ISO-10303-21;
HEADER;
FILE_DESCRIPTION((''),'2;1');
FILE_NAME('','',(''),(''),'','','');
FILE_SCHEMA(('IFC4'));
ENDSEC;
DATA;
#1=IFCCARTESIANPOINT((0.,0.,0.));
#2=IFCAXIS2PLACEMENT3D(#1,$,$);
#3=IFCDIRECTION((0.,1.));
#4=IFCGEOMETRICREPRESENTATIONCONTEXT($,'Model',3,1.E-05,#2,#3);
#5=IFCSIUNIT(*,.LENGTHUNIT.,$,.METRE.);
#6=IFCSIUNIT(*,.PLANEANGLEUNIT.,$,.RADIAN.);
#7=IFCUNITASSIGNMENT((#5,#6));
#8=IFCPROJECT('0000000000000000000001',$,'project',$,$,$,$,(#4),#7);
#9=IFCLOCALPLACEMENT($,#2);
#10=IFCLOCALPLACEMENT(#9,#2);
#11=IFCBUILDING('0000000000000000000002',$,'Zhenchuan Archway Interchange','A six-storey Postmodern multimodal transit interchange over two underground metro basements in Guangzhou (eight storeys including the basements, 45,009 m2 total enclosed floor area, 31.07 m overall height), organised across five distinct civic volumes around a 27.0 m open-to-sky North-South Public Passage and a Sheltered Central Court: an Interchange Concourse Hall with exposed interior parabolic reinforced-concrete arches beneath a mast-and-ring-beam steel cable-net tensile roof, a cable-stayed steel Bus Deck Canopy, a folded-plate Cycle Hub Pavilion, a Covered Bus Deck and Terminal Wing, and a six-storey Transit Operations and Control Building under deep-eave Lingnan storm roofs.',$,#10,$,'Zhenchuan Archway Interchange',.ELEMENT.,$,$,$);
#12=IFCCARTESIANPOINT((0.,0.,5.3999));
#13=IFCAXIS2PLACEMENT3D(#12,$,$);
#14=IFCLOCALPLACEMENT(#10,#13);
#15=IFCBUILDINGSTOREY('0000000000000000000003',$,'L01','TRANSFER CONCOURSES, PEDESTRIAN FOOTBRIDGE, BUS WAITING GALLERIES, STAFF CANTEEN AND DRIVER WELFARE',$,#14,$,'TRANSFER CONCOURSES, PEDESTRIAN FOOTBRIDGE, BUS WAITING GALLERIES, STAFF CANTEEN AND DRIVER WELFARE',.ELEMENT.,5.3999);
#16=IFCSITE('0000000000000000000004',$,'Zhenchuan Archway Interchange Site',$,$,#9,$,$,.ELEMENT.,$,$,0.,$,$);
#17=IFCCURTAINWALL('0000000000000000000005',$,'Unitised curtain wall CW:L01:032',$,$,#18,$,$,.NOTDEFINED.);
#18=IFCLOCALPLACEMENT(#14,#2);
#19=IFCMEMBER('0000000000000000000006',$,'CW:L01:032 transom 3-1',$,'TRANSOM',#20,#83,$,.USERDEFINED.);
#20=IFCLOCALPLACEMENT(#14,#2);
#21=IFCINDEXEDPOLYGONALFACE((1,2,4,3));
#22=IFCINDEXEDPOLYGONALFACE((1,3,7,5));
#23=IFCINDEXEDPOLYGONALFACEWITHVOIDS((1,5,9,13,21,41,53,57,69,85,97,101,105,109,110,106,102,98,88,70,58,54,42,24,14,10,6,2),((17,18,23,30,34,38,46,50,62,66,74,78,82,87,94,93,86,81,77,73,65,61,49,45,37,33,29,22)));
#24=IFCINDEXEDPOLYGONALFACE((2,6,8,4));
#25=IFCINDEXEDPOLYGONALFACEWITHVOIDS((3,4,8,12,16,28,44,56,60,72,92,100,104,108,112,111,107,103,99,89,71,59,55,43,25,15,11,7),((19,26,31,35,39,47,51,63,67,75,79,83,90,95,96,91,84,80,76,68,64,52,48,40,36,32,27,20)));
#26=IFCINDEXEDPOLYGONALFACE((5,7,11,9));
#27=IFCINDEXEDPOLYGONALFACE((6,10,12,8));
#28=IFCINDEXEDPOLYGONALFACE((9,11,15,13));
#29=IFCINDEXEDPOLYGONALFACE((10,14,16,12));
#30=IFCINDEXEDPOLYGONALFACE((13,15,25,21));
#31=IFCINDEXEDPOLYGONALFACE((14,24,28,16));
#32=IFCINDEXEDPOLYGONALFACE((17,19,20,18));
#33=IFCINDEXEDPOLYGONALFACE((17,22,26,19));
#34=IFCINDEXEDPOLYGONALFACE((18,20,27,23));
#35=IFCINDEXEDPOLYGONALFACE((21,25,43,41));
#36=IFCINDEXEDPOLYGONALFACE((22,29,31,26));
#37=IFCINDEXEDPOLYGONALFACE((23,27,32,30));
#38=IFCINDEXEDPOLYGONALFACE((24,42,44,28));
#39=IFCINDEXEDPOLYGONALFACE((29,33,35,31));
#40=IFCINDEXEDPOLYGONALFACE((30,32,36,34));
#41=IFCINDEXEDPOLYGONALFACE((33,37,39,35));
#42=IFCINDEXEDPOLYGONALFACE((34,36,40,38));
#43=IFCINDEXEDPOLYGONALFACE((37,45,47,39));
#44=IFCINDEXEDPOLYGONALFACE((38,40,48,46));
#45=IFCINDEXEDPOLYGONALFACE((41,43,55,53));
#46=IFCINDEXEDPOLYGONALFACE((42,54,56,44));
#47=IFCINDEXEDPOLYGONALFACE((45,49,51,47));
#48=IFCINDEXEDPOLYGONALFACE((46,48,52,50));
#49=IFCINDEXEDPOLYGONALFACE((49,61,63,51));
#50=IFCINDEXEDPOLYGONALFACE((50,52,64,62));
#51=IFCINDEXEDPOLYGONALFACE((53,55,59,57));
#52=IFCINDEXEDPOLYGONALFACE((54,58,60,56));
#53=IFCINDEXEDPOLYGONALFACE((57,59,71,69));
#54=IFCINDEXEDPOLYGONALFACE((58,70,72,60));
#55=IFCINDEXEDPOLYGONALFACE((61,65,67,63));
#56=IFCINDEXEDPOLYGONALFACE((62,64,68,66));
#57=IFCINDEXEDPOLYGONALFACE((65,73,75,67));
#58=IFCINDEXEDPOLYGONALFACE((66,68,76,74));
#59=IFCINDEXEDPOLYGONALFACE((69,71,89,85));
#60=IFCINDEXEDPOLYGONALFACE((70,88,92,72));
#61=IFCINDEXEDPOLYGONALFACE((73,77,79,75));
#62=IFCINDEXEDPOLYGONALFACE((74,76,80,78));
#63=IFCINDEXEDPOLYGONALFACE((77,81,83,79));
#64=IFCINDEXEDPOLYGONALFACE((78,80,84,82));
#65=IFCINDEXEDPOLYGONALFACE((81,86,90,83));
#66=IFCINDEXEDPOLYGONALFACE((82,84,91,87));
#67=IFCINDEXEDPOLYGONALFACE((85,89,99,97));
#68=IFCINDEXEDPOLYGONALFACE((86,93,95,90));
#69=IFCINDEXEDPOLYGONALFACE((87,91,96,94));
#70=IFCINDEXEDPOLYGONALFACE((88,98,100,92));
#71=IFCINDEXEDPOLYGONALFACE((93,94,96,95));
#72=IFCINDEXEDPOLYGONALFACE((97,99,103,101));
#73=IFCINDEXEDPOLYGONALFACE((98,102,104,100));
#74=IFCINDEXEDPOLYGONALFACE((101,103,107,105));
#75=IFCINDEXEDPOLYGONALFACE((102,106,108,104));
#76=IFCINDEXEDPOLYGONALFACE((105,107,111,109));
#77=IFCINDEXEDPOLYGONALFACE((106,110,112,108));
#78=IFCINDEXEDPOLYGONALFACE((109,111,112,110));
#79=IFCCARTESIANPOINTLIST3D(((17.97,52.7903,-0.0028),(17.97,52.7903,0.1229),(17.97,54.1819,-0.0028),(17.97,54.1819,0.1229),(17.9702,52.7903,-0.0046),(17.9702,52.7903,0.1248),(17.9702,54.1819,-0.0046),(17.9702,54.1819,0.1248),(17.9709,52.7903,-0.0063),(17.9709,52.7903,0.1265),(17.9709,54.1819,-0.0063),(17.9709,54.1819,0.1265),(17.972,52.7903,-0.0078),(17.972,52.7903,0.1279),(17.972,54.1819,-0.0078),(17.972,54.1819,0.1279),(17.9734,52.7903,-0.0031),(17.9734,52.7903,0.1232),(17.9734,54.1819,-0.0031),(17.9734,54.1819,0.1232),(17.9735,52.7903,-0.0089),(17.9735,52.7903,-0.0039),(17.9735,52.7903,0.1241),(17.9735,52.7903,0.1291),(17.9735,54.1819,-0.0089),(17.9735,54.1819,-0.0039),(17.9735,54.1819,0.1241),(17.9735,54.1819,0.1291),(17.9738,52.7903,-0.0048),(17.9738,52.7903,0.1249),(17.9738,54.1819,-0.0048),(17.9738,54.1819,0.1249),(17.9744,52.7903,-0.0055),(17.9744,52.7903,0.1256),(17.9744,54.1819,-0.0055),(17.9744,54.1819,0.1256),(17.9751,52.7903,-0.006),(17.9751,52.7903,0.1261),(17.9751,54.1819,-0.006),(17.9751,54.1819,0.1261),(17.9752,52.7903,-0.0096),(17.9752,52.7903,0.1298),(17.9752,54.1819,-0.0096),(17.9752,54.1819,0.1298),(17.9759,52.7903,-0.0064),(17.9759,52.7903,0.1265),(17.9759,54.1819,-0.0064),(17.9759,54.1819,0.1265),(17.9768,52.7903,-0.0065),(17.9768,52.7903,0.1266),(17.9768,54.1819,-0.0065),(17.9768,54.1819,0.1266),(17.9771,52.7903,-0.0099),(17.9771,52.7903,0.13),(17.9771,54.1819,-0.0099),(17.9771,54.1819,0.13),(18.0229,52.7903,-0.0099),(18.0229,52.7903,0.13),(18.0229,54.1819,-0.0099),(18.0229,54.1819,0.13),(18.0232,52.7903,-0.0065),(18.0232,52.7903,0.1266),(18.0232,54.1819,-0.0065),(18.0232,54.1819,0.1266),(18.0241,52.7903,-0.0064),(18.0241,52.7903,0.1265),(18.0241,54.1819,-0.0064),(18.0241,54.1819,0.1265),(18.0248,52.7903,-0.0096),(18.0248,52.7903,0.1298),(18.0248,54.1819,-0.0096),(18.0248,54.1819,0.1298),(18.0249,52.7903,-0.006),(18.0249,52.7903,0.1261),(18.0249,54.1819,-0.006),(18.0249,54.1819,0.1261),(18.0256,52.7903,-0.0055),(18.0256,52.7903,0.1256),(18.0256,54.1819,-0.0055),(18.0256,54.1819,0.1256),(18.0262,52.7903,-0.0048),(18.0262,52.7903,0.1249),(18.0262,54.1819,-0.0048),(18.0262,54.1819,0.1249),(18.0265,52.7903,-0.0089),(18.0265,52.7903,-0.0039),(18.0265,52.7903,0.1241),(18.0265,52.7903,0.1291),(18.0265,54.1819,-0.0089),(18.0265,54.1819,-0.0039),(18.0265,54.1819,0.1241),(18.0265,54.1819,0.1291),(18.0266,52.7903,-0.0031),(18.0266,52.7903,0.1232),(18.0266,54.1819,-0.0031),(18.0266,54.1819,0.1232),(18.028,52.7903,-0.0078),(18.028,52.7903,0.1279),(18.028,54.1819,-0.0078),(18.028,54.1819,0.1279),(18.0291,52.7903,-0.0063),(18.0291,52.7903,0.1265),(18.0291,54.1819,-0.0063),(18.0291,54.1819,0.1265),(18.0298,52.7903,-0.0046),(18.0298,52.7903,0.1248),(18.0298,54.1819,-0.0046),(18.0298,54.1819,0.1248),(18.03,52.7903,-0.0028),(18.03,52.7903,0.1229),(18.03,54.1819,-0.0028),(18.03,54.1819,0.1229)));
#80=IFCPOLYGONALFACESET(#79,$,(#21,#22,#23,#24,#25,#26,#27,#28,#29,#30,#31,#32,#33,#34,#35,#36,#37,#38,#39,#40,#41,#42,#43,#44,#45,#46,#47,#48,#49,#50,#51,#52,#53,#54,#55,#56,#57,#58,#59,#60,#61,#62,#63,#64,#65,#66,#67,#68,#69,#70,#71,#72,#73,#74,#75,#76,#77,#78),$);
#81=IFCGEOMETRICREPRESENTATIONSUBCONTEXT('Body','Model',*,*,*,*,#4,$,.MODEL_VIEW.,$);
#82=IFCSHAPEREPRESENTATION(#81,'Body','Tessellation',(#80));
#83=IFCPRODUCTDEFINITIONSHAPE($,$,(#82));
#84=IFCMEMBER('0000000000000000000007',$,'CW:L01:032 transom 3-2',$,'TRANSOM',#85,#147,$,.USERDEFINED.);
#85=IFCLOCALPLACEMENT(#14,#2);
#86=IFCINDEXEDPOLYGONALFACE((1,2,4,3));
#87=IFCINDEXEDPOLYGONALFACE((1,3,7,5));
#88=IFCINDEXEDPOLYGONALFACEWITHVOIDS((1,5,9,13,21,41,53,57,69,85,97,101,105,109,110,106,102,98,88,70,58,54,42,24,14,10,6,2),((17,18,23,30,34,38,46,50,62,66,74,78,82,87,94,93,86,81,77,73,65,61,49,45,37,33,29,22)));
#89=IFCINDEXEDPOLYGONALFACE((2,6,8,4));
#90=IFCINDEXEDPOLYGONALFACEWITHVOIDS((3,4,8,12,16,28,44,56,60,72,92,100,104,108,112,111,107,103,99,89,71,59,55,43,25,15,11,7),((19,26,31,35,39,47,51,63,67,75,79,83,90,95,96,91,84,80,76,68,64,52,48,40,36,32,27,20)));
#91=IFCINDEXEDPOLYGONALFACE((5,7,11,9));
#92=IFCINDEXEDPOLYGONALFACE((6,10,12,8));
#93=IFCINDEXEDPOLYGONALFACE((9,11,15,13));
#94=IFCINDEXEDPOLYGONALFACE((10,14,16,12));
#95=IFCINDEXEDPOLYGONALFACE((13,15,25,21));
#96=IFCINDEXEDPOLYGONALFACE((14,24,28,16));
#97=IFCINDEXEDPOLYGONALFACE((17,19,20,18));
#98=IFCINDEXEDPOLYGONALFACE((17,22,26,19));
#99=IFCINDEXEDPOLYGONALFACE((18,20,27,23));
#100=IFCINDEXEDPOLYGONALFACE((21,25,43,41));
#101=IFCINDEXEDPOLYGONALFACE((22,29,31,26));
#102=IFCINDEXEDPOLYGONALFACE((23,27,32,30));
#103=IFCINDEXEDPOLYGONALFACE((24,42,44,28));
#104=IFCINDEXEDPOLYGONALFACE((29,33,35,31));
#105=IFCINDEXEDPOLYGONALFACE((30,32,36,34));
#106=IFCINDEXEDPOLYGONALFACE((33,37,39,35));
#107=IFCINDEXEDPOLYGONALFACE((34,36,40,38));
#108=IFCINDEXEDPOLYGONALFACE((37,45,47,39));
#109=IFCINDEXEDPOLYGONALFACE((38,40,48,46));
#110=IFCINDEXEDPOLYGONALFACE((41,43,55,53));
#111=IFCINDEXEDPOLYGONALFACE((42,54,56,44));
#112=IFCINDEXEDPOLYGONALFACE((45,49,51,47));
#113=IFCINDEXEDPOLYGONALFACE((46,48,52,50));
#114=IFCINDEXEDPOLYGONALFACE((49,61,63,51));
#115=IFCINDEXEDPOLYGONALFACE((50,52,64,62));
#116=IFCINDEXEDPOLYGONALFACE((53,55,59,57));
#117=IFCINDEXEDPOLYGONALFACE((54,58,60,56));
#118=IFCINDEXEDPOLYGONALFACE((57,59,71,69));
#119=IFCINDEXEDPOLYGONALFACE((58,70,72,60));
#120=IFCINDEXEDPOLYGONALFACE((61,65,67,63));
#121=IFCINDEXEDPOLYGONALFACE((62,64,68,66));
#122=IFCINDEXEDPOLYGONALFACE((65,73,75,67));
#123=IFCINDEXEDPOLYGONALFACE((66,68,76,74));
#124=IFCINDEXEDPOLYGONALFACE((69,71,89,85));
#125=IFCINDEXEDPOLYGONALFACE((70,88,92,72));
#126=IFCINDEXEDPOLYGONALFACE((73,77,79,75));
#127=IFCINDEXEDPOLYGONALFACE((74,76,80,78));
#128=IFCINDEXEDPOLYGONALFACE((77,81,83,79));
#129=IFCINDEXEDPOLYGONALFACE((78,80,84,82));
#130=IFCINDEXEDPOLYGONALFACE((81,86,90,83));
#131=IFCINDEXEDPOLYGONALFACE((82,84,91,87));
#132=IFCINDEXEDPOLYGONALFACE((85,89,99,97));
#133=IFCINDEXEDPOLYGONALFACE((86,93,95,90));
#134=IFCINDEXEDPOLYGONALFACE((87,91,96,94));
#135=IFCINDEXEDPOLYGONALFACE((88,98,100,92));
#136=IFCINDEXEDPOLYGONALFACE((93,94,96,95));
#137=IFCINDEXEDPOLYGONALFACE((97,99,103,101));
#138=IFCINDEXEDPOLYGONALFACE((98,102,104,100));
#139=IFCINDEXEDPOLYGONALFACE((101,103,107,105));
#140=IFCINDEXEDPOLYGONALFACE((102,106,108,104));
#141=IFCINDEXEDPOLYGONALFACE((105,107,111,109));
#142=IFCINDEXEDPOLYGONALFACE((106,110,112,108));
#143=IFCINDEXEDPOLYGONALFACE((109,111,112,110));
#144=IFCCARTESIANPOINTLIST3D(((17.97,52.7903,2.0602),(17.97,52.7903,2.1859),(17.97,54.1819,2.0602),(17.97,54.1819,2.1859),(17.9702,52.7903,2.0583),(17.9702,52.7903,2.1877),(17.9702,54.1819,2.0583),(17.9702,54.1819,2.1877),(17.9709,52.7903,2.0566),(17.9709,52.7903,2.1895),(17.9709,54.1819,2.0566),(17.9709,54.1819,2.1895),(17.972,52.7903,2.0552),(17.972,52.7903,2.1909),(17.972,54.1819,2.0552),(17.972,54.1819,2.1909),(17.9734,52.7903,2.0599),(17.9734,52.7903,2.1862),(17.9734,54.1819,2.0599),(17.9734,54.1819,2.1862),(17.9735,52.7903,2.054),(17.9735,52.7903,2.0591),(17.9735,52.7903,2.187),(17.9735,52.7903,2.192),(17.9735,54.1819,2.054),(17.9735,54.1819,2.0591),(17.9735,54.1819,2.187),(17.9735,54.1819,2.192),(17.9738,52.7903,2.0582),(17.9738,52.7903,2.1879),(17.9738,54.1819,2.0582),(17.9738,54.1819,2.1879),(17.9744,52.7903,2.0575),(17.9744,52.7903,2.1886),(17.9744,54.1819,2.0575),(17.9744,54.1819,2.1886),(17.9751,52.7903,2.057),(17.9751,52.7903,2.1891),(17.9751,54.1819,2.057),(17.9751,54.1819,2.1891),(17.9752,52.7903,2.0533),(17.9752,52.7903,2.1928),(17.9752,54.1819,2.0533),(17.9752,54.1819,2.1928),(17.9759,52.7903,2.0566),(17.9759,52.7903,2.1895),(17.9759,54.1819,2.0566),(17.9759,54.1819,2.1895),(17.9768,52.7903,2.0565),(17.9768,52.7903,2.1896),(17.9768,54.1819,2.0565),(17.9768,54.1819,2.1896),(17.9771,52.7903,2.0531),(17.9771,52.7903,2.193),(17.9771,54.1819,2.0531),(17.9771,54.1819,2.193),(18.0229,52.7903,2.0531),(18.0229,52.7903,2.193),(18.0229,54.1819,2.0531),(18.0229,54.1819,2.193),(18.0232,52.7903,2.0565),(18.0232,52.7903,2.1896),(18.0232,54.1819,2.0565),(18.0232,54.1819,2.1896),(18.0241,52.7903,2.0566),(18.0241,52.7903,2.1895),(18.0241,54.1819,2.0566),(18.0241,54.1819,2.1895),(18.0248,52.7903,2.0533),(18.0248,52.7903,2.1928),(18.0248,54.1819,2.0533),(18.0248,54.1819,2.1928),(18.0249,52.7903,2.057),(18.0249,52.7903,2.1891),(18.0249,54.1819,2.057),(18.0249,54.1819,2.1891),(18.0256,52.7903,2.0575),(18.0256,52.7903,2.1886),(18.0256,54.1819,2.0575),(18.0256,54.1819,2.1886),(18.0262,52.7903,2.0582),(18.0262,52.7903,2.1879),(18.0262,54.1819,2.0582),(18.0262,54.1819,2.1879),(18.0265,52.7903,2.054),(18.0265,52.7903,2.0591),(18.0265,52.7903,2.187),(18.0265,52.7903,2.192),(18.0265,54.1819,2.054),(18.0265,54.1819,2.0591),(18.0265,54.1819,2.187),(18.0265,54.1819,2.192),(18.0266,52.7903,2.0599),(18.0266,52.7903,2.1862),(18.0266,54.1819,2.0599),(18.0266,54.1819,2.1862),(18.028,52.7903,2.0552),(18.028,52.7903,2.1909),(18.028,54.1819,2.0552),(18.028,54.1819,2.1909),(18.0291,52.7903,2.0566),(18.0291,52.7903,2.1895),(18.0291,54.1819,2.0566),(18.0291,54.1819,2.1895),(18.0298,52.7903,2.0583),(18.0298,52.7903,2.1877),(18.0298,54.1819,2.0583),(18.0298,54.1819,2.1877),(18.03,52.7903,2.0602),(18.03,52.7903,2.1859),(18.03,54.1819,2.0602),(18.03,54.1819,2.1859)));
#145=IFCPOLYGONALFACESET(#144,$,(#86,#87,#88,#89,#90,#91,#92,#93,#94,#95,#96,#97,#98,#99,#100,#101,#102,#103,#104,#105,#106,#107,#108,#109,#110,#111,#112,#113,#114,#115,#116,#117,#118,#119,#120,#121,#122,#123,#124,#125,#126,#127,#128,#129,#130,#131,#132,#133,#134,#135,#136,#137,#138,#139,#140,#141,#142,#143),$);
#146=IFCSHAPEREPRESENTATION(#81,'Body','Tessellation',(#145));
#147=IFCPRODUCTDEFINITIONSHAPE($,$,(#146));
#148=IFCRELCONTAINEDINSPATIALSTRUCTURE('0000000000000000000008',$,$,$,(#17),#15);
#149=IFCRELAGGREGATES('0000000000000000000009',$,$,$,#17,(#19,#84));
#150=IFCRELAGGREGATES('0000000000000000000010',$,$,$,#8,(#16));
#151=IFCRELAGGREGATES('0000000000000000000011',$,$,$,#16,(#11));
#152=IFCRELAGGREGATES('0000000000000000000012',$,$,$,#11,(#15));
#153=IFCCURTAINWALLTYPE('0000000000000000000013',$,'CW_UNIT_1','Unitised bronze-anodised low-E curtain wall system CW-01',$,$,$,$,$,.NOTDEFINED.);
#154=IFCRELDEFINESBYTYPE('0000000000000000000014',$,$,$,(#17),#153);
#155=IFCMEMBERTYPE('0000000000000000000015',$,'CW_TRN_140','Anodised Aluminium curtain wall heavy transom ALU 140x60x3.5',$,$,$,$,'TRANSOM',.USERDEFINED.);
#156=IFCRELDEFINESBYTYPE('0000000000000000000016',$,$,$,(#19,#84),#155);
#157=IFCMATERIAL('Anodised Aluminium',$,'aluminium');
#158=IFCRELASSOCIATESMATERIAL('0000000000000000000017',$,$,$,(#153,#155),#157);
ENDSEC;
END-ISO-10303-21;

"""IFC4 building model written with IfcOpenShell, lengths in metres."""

from ifc_helpers import new_model, si_unit, direction, frame, origin, origin_2d, place, context, subcontext, project, spatial, hollow_rectangle, extrude, material, material_profile, profile_set, type_object, element, aggregate, save


model = new_model("IFC4")

# Units and contexts
model_context = context("Model", 3, precision=1e-05, world=origin(), true_north=direction((0.0, 1.0)))
body_context = subcontext(model_context, "Body", "Model", "MODEL_VIEW")
ifc_project = project(units=[si_unit("LENGTHUNIT", "METRE"), si_unit("PLANEANGLEUNIT", "RADIAN")], contexts=[model_context])

# Site, building, storey
site_placement = place(None, origin())
site = spatial("IfcSite", under=ifc_project, at=site_placement, Name="Zhenchuan Archway Interchange Site", CompositionType="ELEMENT", RefElevation=0.0)
building_placement = place(site_placement, origin())
building = spatial("IfcBuilding", under=site, at=building_placement, Name="Zhenchuan Archway Interchange", Description="A six-storey Postmodern multimodal transit interchange over two underground metro basements in Guangzhou (eight storeys including the basements, 45,009 m2 total enclosed floor area, 31.07 m overall height), organised across five distinct civic volumes around a 27.0 m open-to-sky North-South Public Passage and a Sheltered Central Court: an Interchange Concourse Hall with exposed interior parabolic reinforced-concrete arches beneath a mast-and-ring-beam steel cable-net tensile roof, a cable-stayed steel Bus Deck Canopy, a folded-plate Cycle Hub Pavilion, a Covered Bus Deck and Terminal Wing, and a six-storey Transit Operations and Control Building under deep-eave Lingnan storm roofs.", LongName="Zhenchuan Archway Interchange", CompositionType="ELEMENT")
storey_placement = place(building_placement, frame((0.0, 0.0, 5.3999)))
storey = spatial("IfcBuildingStorey", under=building, at=storey_placement, Name="L01", Description="TRANSFER CONCOURSES, PEDESTRIAN FOOTBRIDGE, BUS WAITING GALLERIES, STAFF CANTEEN AND DRIVER WELFARE", LongName="TRANSFER CONCOURSES, PEDESTRIAN FOOTBRIDGE, BUS WAITING GALLERIES, STAFF CANTEEN AND DRIVER WELFARE", CompositionType="ELEMENT", Elevation=5.3999)

# Shared definitions
ifc_material_1 = material(Name="Anodised Aluminium", Category="aluminium")

# Curtain wall, members
curtain_wall_type_1 = type_object("IfcCurtainWallType", Name="CW_UNIT_1", Description="Unitised bronze-anodised low-E curtain wall system CW-01", PredefinedType="NOTDEFINED", material=ifc_material_1)
curtain_wall_1_placement = place(storey_placement, origin())
curtain_wall_1 = element("IfcCurtainWall", 1, at=curtain_wall_1_placement, inside=storey, type_object=curtain_wall_type_1, Name="Unitised curtain wall CW:L01:032", PredefinedType="NOTDEFINED")
ifc_material_profile_1 = material_profile(ifc_material_1, hollow_rectangle(XDim=0.0601, YDim=0.1399, WallThickness=0.0034, InnerFilletRadius=0.0034, OuterFilletRadius=0.0071, at=origin_2d()), Name="ALU 140x60x3.5")
ifc_profile_set_1 = profile_set([ifc_material_profile_1], Name="Anodised Aluminium")
member_type_1 = type_object("IfcMemberType", Name="CW_TRN_140", Description="Anodised Aluminium curtain wall heavy transom ALU 140x60x3.5", ElementType="TRANSOM", PredefinedType="USERDEFINED", material=ifc_profile_set_1)
member_1_placement = place(storey_placement, frame((18.0, 52.7903, 0.0601), z_axis=(0.0, 1.0, 0.0), x_axis=(-1.0, 0.0, 0.0)))
member_1 = element("IfcMember", 2, at=member_1_placement, type_object=member_type_1, Name="CW:L01:032 transom 3-1", ObjectType="TRANSOM", PredefinedType="USERDEFINED", context=body_context, shape_type="SweptSolid", body=[
    extrude(hollow_rectangle(XDim=0.0601, YDim=0.1399, WallThickness=0.0034, InnerFilletRadius=0.0034, OuterFilletRadius=0.0071, at=origin_2d()), origin(), (0.0, 0.0, 1.0), 1.3916),
])
member_2_placement = place(storey_placement, frame((18.0, 52.7903, 2.123), z_axis=(0.0, 1.0, 0.0), x_axis=(-1.0, 0.0, 0.0)))
member_2 = element("IfcMember", 3, at=member_2_placement, type_object=member_type_1, Name="CW:L01:032 transom 3-2", ObjectType="TRANSOM", PredefinedType="USERDEFINED", context=body_context, shape_type="SweptSolid", body=[
    extrude(hollow_rectangle(XDim=0.0601, YDim=0.1399, WallThickness=0.0034, InnerFilletRadius=0.0034, OuterFilletRadius=0.0071, at=origin_2d()), origin(), (0.0, 0.0, 1.0), 1.3916),
])

aggregate(curtain_wall_1, [member_1, member_2])

save(model, "model.ifc")
